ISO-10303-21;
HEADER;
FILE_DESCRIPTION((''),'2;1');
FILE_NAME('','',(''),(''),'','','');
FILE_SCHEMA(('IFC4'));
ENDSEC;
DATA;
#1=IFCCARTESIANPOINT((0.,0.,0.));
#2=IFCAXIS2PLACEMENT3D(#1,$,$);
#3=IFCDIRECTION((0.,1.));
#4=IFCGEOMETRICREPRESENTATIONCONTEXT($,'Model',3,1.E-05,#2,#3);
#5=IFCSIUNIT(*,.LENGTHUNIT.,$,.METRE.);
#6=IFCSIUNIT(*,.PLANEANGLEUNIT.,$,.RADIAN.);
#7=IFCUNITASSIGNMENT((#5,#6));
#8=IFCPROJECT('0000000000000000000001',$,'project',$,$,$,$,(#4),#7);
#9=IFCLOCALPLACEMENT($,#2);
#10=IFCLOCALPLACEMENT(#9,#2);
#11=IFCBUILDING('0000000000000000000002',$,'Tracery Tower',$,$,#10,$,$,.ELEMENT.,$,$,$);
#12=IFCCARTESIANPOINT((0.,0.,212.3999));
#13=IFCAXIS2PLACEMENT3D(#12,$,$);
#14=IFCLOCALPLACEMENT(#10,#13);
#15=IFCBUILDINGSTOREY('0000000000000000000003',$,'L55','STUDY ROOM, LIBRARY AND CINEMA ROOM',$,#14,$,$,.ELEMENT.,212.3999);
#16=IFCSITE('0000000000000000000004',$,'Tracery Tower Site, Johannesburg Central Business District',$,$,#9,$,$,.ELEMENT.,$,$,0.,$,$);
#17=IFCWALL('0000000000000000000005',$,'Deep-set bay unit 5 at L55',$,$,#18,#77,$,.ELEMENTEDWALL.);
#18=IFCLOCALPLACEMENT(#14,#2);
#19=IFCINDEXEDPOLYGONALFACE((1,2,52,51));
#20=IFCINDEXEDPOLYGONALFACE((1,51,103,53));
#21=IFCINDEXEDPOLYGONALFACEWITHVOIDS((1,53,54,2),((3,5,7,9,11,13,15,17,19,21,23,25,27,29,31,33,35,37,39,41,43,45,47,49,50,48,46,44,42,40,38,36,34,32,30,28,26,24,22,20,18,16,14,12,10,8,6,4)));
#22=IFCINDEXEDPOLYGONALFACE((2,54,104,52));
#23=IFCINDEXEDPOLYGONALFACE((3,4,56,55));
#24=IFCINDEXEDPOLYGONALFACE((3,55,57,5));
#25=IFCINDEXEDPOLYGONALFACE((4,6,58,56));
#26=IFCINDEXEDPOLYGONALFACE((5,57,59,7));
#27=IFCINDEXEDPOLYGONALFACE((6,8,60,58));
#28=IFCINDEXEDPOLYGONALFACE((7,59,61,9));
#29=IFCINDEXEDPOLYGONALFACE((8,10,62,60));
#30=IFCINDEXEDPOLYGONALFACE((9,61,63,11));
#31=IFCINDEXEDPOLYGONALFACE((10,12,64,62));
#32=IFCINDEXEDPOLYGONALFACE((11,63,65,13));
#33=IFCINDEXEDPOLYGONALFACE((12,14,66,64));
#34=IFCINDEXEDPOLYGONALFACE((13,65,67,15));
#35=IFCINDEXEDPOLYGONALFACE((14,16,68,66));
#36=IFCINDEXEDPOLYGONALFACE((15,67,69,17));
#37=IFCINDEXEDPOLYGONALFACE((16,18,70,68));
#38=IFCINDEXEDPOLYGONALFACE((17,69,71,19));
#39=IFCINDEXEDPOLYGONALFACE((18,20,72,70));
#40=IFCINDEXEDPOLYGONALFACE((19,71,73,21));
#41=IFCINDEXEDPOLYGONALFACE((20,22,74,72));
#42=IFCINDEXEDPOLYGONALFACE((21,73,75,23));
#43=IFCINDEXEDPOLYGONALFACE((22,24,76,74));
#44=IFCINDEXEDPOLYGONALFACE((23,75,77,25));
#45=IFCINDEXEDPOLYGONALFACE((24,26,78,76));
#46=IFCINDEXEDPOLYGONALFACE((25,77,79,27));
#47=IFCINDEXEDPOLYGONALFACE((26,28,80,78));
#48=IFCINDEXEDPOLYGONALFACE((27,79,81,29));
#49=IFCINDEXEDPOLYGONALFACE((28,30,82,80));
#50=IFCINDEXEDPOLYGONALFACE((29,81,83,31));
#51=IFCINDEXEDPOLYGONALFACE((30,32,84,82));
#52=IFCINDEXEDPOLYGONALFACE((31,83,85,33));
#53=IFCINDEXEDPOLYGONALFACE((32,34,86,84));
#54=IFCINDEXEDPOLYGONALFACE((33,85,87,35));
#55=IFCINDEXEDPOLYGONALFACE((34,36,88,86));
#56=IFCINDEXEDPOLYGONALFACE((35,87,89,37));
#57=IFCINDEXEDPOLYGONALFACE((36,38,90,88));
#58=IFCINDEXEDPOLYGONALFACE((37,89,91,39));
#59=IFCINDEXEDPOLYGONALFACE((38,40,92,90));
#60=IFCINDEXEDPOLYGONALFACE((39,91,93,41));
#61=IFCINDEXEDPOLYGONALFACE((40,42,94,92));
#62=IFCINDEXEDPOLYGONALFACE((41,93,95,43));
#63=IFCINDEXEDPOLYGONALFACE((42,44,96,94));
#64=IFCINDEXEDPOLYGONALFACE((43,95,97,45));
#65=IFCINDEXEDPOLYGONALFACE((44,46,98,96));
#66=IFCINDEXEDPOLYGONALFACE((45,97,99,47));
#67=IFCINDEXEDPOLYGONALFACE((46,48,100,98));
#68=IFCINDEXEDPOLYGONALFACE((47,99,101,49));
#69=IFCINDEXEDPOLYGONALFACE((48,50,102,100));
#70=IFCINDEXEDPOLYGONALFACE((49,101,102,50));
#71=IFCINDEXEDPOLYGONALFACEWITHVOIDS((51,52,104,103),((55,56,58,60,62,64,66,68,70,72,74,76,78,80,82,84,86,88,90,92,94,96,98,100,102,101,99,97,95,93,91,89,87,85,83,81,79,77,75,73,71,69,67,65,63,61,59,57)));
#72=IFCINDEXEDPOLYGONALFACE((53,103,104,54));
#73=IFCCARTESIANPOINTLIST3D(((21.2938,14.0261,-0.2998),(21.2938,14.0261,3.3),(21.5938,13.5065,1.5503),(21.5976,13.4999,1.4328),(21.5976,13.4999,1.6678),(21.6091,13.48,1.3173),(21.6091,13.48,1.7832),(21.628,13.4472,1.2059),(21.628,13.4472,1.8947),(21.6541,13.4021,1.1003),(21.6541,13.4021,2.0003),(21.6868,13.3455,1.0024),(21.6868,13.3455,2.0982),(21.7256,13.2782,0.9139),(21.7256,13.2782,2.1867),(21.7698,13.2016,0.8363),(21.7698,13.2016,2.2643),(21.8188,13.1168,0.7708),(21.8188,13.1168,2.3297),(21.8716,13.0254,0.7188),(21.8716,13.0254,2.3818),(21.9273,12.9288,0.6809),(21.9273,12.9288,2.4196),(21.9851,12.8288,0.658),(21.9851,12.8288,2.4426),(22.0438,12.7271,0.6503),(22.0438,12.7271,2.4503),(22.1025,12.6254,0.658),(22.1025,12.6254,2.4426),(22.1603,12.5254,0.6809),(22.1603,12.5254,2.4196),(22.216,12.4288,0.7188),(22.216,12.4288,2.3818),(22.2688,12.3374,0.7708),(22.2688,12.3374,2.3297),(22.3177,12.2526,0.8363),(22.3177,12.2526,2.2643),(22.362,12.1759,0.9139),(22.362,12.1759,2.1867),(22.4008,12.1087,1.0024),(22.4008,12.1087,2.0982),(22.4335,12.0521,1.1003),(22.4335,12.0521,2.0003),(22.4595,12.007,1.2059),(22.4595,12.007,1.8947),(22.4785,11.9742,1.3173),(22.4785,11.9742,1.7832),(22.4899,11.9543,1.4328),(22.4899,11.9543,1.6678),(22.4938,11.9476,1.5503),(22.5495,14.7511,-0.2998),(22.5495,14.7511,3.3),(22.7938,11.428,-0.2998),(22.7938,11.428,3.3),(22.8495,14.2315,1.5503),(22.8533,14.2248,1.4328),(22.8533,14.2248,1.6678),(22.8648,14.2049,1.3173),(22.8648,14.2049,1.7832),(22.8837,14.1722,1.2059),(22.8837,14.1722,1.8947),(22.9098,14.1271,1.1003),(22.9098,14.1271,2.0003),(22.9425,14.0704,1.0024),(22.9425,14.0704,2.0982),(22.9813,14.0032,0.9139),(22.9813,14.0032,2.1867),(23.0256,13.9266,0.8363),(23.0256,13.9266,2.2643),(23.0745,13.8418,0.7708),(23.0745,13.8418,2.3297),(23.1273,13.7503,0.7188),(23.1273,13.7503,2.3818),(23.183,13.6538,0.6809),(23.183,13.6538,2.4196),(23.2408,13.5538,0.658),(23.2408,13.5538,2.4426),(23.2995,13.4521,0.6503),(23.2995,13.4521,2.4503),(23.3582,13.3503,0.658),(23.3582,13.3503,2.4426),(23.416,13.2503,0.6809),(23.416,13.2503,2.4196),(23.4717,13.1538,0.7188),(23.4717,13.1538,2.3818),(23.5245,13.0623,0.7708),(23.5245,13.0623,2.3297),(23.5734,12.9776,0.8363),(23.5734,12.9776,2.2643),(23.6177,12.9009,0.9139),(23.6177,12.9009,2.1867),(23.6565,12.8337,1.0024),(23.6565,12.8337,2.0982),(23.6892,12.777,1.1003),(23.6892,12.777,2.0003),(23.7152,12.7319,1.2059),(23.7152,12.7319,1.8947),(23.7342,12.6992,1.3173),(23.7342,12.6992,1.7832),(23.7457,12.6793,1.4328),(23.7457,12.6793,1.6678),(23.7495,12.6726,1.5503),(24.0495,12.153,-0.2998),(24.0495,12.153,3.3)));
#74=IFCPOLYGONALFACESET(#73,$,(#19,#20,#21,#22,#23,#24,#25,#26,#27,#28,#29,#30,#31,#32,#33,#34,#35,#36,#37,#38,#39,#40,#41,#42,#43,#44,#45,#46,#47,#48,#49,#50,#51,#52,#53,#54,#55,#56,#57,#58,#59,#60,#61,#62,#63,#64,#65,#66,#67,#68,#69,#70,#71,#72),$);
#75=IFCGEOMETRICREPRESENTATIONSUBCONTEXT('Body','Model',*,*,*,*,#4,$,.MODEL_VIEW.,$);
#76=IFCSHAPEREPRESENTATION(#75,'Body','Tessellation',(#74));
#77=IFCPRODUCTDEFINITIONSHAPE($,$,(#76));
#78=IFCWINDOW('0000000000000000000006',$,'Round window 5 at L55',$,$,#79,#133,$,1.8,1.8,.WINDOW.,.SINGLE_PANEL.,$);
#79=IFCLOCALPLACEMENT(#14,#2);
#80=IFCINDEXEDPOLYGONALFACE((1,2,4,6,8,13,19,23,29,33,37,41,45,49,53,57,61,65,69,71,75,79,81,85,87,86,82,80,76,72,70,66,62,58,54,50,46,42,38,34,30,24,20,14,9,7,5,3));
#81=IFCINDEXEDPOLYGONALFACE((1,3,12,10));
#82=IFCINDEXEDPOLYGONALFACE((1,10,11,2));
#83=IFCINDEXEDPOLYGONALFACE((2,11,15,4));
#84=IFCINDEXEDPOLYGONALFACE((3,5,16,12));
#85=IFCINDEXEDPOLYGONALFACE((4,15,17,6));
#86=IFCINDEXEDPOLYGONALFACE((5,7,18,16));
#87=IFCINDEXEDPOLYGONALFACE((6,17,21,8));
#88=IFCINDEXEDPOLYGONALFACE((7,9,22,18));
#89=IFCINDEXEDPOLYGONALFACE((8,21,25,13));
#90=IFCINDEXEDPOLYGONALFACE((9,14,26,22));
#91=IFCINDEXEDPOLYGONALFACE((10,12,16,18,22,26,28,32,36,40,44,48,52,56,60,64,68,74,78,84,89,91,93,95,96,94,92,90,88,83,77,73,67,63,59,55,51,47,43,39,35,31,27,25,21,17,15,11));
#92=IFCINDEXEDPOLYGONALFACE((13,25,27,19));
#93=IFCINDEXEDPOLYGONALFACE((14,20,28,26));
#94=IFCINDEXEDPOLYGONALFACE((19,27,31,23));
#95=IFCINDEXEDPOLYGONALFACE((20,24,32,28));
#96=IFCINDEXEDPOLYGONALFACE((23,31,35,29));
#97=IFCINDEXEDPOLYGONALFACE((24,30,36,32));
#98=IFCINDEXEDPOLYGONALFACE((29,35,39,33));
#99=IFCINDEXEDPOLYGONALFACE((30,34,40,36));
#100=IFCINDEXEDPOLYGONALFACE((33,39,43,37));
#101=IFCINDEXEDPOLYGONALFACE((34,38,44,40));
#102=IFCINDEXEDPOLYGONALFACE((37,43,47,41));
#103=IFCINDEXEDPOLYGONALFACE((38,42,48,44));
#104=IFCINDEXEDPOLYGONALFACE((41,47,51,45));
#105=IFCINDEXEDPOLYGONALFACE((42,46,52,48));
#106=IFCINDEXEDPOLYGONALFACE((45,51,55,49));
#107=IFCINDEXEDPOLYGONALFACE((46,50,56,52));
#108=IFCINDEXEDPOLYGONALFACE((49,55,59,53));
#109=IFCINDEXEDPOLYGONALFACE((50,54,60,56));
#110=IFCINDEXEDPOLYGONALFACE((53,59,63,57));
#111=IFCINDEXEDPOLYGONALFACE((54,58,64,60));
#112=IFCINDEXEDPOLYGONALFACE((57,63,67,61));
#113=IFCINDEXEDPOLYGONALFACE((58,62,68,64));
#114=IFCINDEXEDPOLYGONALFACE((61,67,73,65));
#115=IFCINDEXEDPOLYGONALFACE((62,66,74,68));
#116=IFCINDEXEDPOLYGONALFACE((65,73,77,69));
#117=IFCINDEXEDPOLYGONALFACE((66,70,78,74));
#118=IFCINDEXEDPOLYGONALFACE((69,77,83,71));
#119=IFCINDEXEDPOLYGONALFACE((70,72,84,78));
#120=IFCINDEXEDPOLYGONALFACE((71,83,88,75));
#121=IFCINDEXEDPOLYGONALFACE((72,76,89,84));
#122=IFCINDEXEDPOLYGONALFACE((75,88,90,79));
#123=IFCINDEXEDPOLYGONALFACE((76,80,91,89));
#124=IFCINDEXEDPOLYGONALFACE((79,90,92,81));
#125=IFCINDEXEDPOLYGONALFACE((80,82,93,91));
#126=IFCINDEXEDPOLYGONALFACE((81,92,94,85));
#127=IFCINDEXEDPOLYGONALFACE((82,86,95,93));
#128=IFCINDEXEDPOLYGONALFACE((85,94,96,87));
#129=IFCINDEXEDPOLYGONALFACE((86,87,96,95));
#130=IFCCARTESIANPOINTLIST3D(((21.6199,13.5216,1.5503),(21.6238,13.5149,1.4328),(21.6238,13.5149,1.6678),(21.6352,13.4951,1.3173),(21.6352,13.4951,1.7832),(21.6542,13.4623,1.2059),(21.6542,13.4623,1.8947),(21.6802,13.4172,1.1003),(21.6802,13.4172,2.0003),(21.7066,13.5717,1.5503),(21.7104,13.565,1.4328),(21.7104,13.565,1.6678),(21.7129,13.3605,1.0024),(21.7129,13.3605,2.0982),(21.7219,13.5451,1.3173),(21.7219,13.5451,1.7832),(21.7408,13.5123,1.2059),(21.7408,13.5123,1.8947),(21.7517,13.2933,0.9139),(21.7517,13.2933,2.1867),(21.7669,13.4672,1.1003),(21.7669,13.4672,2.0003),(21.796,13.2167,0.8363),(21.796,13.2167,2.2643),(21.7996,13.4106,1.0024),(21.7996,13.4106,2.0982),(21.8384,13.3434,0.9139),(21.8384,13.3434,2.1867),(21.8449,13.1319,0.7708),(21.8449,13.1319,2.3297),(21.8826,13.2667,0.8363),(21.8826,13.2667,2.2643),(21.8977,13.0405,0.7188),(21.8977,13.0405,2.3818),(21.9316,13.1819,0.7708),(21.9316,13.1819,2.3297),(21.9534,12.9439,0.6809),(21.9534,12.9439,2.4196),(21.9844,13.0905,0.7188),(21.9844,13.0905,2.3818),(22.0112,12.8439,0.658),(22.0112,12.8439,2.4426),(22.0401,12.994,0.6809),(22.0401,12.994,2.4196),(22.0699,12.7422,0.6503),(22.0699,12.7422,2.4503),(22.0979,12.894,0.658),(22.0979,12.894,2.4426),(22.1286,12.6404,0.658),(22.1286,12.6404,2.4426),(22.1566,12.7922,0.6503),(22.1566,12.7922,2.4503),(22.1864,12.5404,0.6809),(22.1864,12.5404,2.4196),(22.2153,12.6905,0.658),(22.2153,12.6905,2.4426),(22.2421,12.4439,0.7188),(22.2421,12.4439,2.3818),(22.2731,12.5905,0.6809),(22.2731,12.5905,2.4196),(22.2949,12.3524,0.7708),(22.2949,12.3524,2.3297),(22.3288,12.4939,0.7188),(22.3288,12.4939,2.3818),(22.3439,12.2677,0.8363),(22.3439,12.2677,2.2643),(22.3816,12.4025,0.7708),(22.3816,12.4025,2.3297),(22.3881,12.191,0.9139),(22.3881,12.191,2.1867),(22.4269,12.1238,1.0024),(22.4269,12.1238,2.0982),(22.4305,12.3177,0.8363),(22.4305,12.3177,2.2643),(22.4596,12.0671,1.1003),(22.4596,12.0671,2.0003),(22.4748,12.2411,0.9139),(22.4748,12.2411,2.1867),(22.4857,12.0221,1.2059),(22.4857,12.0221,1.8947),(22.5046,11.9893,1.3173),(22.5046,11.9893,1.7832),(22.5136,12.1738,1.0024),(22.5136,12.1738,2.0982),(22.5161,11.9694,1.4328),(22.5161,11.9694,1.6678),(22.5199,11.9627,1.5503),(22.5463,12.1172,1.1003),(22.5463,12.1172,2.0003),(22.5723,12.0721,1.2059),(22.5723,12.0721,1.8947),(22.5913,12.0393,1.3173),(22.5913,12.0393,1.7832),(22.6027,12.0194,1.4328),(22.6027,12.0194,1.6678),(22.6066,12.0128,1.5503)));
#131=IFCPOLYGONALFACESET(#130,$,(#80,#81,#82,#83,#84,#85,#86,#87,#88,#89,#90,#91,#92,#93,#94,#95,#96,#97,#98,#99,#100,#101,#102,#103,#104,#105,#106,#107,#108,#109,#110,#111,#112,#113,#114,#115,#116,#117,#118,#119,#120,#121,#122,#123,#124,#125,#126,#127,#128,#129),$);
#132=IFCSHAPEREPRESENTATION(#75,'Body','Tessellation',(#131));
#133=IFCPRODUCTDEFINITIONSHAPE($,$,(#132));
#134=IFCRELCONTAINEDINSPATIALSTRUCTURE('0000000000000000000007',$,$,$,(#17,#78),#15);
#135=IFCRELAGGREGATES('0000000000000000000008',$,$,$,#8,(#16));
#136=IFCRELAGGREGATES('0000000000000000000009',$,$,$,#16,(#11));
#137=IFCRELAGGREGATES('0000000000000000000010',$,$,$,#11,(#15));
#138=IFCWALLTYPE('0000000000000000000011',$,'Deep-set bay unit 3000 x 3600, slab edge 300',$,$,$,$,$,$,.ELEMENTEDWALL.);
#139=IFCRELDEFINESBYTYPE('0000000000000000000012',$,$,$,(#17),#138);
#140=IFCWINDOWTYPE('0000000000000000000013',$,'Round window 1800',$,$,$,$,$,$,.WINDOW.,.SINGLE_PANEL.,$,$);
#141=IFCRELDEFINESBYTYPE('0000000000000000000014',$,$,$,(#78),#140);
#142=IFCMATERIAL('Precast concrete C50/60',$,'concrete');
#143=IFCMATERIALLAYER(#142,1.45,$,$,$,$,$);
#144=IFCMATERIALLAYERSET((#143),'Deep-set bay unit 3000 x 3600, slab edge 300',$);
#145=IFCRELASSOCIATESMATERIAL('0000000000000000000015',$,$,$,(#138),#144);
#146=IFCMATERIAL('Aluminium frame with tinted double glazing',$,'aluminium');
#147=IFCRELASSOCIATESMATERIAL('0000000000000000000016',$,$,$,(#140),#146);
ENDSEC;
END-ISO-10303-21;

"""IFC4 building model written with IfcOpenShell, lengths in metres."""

from ifc_helpers import new_model, si_unit, direction, frame, frame_2d, origin, origin_2d, place, context, subcontext, project, spatial, rectangle, circle, extrude, material, layer, layer_set, type_object, element, fill, save


model = new_model("IFC4")

# Units and contexts
model_context = context("Model", 3, precision=1e-05, world=origin(), true_north=direction((0.0, 1.0)))
body_context = subcontext(model_context, "Body", "Model", "MODEL_VIEW")
ifc_project = project(units=[si_unit("LENGTHUNIT", "METRE"), si_unit("PLANEANGLEUNIT", "RADIAN")], contexts=[model_context])

# Site, building, storey
site_placement = place(None, origin())
site = spatial("IfcSite", under=ifc_project, at=site_placement, Name="Tracery Tower Site, Johannesburg Central Business District", CompositionType="ELEMENT", RefElevation=0.0)
building_placement = place(site_placement, origin())
building = spatial("IfcBuilding", under=site, at=building_placement, Name="Tracery Tower", CompositionType="ELEMENT")
storey_placement = place(building_placement, frame((0.0, 0.0, 212.3999)))
storey = spatial("IfcBuildingStorey", under=building, at=storey_placement, Name="L55", Description="STUDY ROOM, LIBRARY AND CINEMA ROOM", CompositionType="ELEMENT", Elevation=212.3999)

# Wall, opening, window
ifc_material_1 = material(Name="Precast concrete C50/60", Category="concrete")
ifc_layer_1 = layer(ifc_material_1, 1.45)
ifc_layer_set_1 = layer_set([ifc_layer_1], Name="Deep-set bay unit 3000 x 3600, slab edge 300")
wall_type_1 = type_object("IfcWallType", Name="Deep-set bay unit 3000 x 3600, slab edge 300", PredefinedType="ELEMENTEDWALL", material=ifc_layer_set_1)
ifc_material_2 = material(Name="Aluminium frame with tinted double glazing", Category="aluminium")
window_type = type_object("IfcWindowType", Name="Round window 1800", PartitioningType="SINGLE_PANEL", PredefinedType="WINDOW", material=ifc_material_2)
wall_1_placement = place(storey_placement, frame((23.4216, 11.7905, -0.2998), z_axis=(0.0, 0.0, 1.0), x_axis=(-0.49999, 0.866031, 0.0)))
wall_1 = element("IfcWall", 1, at=wall_1_placement, inside=storey, type_object=wall_type_1, Name="Deep-set bay unit 5 at L55", PredefinedType="ELEMENTEDWALL", context=body_context, shape_type="SweptSolid", body=[
    extrude(rectangle(XDim=3.0, YDim=1.45, at=frame_2d((1.5, 0.0))), origin(), (0.0, 0.0, 1.0), 3.5999),
])
opening_1_placement = place(wall_1_placement, frame((1.5, 0.0, 1.8501)))
opening_1 = element("IfcOpeningElement", 2, at=opening_1_placement, cuts=wall_1, PredefinedType="OPENING", context=body_context, shape_type="SweptSolid", body=[
    extrude(circle(Radius=0.9, at=origin_2d()), frame((0.0, 0.7349, 0.0), z_axis=(0.0, -1.0, 0.0), x_axis=(1.0, 0.0, 0.0)), (0.0, 0.0, 1.0), 1.47),
])
window_1_placement = place(opening_1_placement, origin())
window_1 = element("IfcWindow", 3, at=window_1_placement, inside=storey, type_object=window_type, Name="Round window 5 at L55", OverallHeight=1.8, OverallWidth=1.8, PartitioningType="SINGLE_PANEL", PredefinedType="WINDOW", context=body_context, shape_type="SweptSolid", body=[
    extrude(circle(Radius=0.9, at=origin_2d()), frame((0.0, 0.6948, 0.0), z_axis=(0.0, -1.0, 0.0), x_axis=(1.0, 0.0, 0.0)), (0.0, 0.0, 1.0), 0.1001),
])
fill(opening_1, window_1)

save(model, "model.ifc")
